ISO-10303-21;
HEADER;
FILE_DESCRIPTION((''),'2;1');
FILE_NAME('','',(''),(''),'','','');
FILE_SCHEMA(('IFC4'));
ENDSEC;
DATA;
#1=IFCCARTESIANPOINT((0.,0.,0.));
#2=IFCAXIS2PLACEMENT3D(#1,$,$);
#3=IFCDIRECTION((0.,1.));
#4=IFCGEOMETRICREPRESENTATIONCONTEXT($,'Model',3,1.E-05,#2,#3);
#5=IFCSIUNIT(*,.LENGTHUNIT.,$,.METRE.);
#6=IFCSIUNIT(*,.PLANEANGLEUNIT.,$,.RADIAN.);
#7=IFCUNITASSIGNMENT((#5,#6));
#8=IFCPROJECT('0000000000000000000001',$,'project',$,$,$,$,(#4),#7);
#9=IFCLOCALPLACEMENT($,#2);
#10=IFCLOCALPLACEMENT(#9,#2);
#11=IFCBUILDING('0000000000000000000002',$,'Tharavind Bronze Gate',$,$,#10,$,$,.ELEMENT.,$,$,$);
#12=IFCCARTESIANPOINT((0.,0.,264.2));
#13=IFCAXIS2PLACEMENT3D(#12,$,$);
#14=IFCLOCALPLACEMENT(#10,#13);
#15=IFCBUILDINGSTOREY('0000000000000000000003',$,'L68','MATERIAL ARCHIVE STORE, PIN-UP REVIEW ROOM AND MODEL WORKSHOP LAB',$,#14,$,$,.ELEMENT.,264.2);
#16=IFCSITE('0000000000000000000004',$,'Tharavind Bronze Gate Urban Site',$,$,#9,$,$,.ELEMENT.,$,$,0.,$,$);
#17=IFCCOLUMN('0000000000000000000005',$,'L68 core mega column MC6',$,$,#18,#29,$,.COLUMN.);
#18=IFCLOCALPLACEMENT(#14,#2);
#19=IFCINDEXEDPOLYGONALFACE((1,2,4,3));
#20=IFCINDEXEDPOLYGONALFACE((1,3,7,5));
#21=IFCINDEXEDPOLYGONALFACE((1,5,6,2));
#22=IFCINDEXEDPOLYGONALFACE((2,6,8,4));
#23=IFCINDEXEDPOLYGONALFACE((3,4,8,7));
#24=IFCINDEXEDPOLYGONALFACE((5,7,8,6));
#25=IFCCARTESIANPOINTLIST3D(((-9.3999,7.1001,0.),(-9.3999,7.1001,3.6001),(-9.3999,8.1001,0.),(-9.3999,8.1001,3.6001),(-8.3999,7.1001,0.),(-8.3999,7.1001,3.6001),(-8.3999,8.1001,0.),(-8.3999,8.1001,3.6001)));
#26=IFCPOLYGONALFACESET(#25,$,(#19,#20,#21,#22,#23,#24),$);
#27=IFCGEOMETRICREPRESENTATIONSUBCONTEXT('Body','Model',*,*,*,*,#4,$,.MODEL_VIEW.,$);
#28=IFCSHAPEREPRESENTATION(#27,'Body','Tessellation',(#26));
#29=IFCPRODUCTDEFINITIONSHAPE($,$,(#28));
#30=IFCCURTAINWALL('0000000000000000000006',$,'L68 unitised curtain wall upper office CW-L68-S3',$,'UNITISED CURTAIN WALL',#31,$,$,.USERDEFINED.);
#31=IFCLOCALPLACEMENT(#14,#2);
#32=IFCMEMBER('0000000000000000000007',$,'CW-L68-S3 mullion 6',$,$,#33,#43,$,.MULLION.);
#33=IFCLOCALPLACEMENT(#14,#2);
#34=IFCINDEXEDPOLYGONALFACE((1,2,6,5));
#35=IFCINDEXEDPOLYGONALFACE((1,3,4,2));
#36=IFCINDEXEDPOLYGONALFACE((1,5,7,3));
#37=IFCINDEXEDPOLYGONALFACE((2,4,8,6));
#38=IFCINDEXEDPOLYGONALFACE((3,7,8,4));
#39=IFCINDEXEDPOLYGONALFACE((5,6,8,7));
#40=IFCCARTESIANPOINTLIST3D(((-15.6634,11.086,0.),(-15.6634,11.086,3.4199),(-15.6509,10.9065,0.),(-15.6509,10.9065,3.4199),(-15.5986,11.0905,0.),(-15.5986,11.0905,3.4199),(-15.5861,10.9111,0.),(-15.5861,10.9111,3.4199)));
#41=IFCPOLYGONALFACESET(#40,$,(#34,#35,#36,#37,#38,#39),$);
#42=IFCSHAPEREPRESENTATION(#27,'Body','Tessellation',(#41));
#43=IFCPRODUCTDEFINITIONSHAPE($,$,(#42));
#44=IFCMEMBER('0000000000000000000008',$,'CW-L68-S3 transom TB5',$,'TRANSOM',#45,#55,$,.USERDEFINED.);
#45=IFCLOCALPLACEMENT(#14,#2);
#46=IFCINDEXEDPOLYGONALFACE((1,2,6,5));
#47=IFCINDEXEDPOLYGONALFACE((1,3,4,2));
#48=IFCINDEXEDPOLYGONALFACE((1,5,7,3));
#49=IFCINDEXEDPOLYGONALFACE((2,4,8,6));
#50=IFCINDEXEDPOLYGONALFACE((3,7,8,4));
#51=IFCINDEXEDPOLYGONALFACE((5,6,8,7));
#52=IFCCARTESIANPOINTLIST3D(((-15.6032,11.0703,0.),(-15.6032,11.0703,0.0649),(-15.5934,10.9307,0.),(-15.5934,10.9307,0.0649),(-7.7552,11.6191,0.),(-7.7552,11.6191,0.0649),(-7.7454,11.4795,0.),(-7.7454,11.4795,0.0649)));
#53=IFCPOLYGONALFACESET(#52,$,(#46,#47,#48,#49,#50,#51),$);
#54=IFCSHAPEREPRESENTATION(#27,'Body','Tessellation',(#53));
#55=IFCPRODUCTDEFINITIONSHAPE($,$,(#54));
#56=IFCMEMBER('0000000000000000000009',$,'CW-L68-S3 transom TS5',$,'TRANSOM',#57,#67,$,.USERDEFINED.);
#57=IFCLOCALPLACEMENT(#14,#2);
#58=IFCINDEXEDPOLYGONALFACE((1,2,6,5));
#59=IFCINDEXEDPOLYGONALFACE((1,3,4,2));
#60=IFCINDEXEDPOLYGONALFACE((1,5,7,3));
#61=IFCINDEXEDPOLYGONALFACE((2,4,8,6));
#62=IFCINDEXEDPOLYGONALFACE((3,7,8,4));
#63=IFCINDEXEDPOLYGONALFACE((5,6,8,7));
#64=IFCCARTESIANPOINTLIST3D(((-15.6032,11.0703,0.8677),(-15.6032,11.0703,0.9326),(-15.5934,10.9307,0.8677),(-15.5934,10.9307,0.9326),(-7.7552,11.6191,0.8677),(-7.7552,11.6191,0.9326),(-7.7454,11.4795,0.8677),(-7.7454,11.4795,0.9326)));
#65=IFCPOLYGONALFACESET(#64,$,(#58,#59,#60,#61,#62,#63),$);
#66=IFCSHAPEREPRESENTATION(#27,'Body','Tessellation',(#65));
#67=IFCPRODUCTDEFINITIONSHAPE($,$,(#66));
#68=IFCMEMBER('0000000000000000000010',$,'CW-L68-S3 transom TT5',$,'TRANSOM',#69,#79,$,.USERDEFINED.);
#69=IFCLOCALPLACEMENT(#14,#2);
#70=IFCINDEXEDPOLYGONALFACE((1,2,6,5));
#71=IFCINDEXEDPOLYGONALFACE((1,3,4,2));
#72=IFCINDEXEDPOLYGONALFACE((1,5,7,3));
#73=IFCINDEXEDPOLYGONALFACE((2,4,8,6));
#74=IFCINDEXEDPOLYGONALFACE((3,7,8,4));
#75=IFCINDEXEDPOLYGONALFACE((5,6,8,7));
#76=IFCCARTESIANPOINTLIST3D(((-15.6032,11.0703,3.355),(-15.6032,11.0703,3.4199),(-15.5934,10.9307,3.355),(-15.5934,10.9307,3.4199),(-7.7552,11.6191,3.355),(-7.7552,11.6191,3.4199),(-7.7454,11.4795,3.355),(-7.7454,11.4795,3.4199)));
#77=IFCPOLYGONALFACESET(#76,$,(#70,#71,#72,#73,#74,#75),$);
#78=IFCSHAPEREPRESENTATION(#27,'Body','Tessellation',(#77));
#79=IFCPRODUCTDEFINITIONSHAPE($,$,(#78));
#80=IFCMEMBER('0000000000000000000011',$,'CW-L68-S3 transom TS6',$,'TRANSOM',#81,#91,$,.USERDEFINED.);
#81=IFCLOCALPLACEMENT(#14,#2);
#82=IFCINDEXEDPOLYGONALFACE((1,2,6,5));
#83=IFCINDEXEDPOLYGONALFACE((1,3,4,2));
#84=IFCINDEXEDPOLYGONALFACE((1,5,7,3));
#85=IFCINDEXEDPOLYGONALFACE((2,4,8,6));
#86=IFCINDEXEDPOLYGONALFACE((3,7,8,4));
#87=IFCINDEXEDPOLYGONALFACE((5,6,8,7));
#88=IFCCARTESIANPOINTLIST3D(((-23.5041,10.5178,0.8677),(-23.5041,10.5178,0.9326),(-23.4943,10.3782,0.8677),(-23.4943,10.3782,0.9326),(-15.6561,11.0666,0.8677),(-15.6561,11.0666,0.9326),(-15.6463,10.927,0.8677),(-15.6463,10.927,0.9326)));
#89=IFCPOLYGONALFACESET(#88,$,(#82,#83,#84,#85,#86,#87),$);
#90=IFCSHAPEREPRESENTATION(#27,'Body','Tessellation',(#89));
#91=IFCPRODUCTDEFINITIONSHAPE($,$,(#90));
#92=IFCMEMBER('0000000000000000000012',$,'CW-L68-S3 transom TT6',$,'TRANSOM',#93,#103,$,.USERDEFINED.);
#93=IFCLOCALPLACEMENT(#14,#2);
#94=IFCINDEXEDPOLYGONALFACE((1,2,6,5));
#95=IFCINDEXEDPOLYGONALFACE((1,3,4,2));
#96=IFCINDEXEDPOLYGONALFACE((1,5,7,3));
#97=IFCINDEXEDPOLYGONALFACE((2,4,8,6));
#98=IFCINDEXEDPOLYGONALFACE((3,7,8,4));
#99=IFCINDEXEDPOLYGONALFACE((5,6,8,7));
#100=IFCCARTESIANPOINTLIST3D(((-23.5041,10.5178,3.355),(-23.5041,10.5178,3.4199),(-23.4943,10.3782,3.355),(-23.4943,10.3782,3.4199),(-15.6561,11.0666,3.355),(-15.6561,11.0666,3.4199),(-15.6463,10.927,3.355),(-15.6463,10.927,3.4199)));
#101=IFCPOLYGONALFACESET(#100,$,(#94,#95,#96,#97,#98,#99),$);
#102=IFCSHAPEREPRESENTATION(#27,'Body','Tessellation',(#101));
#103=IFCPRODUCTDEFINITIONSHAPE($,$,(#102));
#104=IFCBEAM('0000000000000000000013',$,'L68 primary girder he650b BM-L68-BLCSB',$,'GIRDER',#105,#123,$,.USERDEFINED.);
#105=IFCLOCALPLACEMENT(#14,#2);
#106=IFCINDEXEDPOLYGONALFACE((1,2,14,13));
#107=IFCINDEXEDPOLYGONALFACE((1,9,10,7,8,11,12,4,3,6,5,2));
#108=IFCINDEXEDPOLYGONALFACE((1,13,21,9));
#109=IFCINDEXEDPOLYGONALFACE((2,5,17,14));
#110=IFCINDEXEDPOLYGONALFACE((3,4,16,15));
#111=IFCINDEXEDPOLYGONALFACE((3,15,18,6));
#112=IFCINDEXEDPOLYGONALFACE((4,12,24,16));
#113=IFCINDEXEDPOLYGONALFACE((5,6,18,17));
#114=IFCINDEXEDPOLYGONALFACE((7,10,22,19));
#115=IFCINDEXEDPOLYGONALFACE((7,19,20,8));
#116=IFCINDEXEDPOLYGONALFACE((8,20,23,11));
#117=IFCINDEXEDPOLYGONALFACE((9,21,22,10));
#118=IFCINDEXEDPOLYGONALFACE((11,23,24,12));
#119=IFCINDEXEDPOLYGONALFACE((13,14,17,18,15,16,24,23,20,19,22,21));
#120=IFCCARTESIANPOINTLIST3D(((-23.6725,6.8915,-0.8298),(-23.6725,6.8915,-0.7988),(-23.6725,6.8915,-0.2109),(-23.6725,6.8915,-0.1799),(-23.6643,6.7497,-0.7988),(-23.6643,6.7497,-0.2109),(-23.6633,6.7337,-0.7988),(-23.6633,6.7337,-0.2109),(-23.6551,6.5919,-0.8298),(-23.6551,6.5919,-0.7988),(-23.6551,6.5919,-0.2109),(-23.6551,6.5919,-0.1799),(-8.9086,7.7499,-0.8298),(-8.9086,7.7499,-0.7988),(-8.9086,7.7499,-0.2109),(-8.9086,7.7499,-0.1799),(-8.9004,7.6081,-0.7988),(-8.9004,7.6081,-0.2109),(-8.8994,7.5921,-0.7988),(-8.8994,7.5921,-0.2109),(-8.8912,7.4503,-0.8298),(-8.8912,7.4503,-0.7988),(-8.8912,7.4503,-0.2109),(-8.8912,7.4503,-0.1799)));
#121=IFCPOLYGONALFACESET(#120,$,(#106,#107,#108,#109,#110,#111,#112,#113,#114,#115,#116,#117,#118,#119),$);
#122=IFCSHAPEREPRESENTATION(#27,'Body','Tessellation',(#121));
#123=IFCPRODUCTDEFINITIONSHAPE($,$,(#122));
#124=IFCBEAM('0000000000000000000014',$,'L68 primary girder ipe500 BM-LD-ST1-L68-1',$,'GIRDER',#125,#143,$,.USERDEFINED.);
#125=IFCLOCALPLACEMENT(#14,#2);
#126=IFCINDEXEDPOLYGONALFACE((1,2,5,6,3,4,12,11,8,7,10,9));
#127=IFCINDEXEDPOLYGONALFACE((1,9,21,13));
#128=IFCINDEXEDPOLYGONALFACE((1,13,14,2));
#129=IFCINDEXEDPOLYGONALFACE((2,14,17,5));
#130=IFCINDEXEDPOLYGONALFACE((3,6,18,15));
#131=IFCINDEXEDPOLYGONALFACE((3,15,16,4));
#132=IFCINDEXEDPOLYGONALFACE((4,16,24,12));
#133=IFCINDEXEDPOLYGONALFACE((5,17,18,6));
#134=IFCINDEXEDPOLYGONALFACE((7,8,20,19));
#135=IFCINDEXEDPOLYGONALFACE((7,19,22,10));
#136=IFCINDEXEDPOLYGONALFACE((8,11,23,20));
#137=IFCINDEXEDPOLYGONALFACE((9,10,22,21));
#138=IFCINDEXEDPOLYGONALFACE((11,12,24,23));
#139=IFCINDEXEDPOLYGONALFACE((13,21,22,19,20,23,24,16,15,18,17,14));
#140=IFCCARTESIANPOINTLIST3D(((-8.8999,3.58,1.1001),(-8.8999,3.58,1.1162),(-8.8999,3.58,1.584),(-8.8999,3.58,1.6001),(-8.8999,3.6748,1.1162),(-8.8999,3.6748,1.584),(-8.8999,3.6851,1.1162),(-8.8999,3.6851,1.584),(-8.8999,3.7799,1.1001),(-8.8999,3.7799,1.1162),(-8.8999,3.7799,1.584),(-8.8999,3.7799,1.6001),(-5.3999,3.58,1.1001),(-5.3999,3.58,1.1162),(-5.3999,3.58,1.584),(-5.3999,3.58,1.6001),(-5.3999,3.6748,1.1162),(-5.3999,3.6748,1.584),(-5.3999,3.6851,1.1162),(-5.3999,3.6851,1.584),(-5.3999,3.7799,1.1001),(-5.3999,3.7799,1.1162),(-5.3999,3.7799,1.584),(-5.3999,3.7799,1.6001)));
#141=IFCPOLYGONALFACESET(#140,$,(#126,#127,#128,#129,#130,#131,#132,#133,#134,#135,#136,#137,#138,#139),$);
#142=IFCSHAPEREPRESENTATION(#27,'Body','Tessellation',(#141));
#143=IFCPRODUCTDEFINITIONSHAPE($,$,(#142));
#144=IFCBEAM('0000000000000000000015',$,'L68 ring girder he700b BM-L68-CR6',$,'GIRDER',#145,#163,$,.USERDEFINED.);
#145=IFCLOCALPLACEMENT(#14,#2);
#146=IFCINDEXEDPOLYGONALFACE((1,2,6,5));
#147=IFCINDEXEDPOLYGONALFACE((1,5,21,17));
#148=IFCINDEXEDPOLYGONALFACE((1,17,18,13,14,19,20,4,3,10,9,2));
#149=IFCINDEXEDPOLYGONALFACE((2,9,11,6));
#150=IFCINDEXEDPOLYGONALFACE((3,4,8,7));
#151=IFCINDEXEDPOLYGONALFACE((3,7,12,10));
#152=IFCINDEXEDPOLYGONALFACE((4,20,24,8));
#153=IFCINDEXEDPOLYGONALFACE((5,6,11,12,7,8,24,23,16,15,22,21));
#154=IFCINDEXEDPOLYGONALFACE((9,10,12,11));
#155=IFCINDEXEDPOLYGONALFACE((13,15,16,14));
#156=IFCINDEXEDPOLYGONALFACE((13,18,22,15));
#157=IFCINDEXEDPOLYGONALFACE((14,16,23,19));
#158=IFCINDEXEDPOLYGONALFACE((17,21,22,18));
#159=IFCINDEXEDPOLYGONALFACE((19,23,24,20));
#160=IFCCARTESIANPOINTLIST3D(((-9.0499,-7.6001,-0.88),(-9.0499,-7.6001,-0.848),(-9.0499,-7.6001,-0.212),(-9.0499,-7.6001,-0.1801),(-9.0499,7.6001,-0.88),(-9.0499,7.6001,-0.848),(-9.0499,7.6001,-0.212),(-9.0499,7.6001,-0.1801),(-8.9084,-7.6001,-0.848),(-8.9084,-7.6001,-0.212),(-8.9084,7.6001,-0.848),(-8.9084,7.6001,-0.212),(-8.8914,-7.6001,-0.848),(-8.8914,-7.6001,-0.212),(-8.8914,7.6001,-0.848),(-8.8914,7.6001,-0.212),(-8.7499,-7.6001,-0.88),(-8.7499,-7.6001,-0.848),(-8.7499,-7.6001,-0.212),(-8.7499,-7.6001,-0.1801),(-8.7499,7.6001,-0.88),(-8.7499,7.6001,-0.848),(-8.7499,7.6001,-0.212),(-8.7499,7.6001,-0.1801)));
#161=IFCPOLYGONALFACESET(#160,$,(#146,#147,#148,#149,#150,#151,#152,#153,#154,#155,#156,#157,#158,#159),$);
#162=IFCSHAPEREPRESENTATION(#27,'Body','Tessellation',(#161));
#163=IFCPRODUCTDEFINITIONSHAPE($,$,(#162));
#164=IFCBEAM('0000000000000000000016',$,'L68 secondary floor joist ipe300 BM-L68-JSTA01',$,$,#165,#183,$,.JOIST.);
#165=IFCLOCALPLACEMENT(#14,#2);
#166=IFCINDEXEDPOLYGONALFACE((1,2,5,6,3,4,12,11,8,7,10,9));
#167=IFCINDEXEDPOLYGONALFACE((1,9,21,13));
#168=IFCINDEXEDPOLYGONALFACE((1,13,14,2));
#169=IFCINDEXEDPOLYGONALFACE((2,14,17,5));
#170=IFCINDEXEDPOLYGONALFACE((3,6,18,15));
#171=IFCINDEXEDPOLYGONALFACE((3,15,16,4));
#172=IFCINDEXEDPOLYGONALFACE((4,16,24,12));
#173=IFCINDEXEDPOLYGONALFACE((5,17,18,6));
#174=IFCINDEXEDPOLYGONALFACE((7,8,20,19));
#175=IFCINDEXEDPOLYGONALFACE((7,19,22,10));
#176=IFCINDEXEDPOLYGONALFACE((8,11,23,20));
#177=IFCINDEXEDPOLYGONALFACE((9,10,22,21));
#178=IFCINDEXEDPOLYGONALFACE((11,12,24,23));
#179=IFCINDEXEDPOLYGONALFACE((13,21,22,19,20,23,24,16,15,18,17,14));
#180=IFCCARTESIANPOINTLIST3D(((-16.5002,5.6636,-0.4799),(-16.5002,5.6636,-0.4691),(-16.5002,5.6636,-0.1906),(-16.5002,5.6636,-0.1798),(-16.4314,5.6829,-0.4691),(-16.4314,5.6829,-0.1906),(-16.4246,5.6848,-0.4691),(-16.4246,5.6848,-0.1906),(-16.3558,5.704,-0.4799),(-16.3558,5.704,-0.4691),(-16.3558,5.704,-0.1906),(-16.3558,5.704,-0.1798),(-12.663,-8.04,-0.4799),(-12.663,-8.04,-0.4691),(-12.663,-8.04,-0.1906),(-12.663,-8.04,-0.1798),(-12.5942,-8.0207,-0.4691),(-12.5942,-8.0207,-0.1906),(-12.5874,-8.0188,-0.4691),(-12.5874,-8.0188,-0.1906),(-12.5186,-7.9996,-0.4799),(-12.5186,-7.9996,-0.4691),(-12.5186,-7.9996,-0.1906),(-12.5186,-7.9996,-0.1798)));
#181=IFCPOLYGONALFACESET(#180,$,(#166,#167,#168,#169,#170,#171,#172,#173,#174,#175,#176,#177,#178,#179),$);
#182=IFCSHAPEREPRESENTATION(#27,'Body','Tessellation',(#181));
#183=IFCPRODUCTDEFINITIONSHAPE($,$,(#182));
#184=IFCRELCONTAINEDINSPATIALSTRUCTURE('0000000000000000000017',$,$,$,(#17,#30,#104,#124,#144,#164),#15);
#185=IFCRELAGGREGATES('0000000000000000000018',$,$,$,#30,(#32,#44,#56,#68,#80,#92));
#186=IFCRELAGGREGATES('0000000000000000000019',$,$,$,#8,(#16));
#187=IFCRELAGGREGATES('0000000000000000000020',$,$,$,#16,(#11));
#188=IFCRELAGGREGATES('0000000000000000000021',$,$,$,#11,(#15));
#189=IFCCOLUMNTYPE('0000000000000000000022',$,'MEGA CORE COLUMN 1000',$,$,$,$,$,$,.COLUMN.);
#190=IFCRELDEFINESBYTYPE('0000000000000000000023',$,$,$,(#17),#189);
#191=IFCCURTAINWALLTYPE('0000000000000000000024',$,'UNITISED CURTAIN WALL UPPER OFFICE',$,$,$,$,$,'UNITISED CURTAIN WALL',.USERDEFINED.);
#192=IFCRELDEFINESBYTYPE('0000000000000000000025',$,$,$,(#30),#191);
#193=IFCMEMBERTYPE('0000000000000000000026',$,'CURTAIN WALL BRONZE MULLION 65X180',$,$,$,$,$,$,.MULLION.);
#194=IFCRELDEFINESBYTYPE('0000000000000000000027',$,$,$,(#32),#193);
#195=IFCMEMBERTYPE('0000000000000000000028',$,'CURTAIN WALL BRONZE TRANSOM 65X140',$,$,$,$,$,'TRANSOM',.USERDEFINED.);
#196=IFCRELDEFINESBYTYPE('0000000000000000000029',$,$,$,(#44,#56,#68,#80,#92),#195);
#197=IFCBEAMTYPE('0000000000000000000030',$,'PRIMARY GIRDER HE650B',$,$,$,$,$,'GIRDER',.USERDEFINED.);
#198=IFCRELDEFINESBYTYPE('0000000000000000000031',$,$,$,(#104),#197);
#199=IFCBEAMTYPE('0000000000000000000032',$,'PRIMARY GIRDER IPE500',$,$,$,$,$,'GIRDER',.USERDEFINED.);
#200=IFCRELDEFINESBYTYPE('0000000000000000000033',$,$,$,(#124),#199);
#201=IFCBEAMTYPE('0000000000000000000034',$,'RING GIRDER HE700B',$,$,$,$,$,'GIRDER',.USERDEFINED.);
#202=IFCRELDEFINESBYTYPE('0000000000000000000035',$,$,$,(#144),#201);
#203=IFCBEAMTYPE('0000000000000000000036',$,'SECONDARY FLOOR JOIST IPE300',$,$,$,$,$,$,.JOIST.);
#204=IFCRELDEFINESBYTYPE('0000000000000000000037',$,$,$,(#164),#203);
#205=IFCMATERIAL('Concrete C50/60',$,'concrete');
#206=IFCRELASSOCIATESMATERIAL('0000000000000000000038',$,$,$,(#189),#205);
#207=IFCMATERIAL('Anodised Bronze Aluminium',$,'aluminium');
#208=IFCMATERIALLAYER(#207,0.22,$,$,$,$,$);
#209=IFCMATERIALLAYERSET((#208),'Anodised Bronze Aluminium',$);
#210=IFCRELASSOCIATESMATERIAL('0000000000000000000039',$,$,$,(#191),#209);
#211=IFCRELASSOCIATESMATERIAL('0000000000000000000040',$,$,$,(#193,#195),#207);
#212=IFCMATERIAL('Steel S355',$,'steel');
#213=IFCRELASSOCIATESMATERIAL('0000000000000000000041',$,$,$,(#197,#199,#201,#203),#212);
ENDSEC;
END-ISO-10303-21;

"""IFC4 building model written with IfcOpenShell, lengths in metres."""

from ifc_helpers import new_model, si_unit, direction, frame, origin, origin_2d, place, context, subcontext, project, spatial, rectangle, i_section, extrude, material, layer, layer_set, material_profile, profile_set, type_object, element, aggregate, save


model = new_model("IFC4")

# Units and contexts
model_context = context("Model", 3, precision=1e-05, world=origin(), true_north=direction((0.0, 1.0)))
body_context = subcontext(model_context, "Body", "Model", "MODEL_VIEW")
ifc_project = project(units=[si_unit("LENGTHUNIT", "METRE"), si_unit("PLANEANGLEUNIT", "RADIAN")], contexts=[model_context])

# Site, building, storey
site_placement = place(None, origin())
site = spatial("IfcSite", under=ifc_project, at=site_placement, Name="Tharavind Bronze Gate Urban Site", CompositionType="ELEMENT", RefElevation=0.0)
building_placement = place(site_placement, origin())
building = spatial("IfcBuilding", under=site, at=building_placement, Name="Tharavind Bronze Gate", CompositionType="ELEMENT")
storey_placement = place(building_placement, frame((0.0, 0.0, 264.2)))
storey = spatial("IfcBuildingStorey", under=building, at=storey_placement, Name="L68", Description="MATERIAL ARCHIVE STORE, PIN-UP REVIEW ROOM AND MODEL WORKSHOP LAB", CompositionType="ELEMENT", Elevation=264.2)

# Column
ifc_material_1 = material(Name="Concrete C50/60", Category="concrete")
ifc_material_profile_1 = material_profile(ifc_material_1, rectangle(XDim=1.0, YDim=1.0, at=origin_2d()), Name="RCCOL1000")
ifc_profile_set_1 = profile_set([ifc_material_profile_1], Name="Concrete C50/60")
column_type = type_object("IfcColumnType", Name="MEGA CORE COLUMN 1000", PredefinedType="COLUMN", material=ifc_profile_set_1)
column_placement = place(storey_placement, frame((-8.8999, 7.6001, 0.0), z_axis=(0.0, 0.0, 1.0), x_axis=(1.0, 0.0, 0.0)))
element("IfcColumn", 1, at=column_placement, inside=storey, type_object=column_type, Name="L68 core mega column MC6", PredefinedType="COLUMN", context=body_context, shape_type="SweptSolid", body=[
    extrude(rectangle(XDim=1.0, YDim=1.0, at=origin_2d()), origin(), (0.0, 0.0, 1.0), 3.6001),
])

# Curtain wall, members
ifc_material_2 = material(Name="Anodised Bronze Aluminium", Category="aluminium")
ifc_layer_1 = layer(ifc_material_2, 0.22)
ifc_layer_set_1 = layer_set([ifc_layer_1], Name="Anodised Bronze Aluminium")
curtain_wall_type = type_object("IfcCurtainWallType", Name="UNITISED CURTAIN WALL UPPER OFFICE", ElementType="UNITISED CURTAIN WALL", PredefinedType="USERDEFINED", material=ifc_layer_set_1)
curtain_wall_placement = place(storey_placement, origin())
curtain_wall = element("IfcCurtainWall", 2, at=curtain_wall_placement, inside=storey, type_object=curtain_wall_type, Name="L68 unitised curtain wall upper office CW-L68-S3", ObjectType="UNITISED CURTAIN WALL", PredefinedType="USERDEFINED")
member_type_1 = type_object("IfcMemberType", Name="CURTAIN WALL BRONZE MULLION 65X180", PredefinedType="MULLION", material=ifc_material_2)
member_1_placement = place(storey_placement, frame((-15.6248, 10.9985, 0.0), z_axis=(0.0, 0.0, 1.0), x_axis=(-0.997564, -0.06976, 0.0)))
member_1 = element("IfcMember", 3, at=member_1_placement, type_object=member_type_1, Name="CW-L68-S3 mullion 6", PredefinedType="MULLION", context=body_context, shape_type="SweptSolid", body=[
    extrude(rectangle(XDim=0.0649, YDim=0.1799, at=origin_2d()), origin(), (0.0, 0.0, 1.0), 3.4199),
])
member_type_2 = type_object("IfcMemberType", Name="CURTAIN WALL BRONZE TRANSOM 65X140", ElementType="TRANSOM", PredefinedType="USERDEFINED", material=ifc_material_2)
member_2_placement = place(storey_placement, frame((-11.6743, 11.2749, 0.0), z_axis=(0.0, 0.0, 1.0), x_axis=(-0.997564, -0.06976, 0.0)))
member_2 = element("IfcMember", 4, at=member_2_placement, type_object=member_type_2, Name="CW-L68-S3 transom TB5", ObjectType="TRANSOM", PredefinedType="USERDEFINED", context=body_context, shape_type="SweptSolid", body=[
    extrude(rectangle(XDim=7.8672, YDim=0.1399, at=origin_2d()), origin(), (0.0, 0.0, 1.0), 0.0649),
])
member_3_placement = place(storey_placement, frame((-11.6743, 11.2749, 0.8677), z_axis=(0.0, 0.0, 1.0), x_axis=(-0.997564, -0.06976, 0.0)))
member_3 = element("IfcMember", 5, at=member_3_placement, type_object=member_type_2, Name="CW-L68-S3 transom TS5", ObjectType="TRANSOM", PredefinedType="USERDEFINED", context=body_context, shape_type="SweptSolid", body=[
    extrude(rectangle(XDim=7.8672, YDim=0.1399, at=origin_2d()), origin(), (0.0, 0.0, 1.0), 0.0649),
])
member_4_placement = place(storey_placement, frame((-11.6743, 11.2749, 3.355), z_axis=(0.0, 0.0, 1.0), x_axis=(-0.997564, -0.06976, 0.0)))
member_4 = element("IfcMember", 6, at=member_4_placement, type_object=member_type_2, Name="CW-L68-S3 transom TT5", ObjectType="TRANSOM", PredefinedType="USERDEFINED", context=body_context, shape_type="SweptSolid", body=[
    extrude(rectangle(XDim=7.8672, YDim=0.1399, at=origin_2d()), origin(), (0.0, 0.0, 1.0), 0.0649),
])
member_5_placement = place(storey_placement, frame((-19.5752, 10.7224, 0.8677), z_axis=(0.0, 0.0, 1.0), x_axis=(-0.997564, -0.06976, 0.0)))
member_5 = element("IfcMember", 7, at=member_5_placement, type_object=member_type_2, Name="CW-L68-S3 transom TS6", ObjectType="TRANSOM", PredefinedType="USERDEFINED", context=body_context, shape_type="SweptSolid", body=[
    extrude(rectangle(XDim=7.8672, YDim=0.1399, at=origin_2d()), origin(), (0.0, 0.0, 1.0), 0.0649),
])
member_6_placement = place(storey_placement, frame((-19.5752, 10.7224, 3.355), z_axis=(0.0, 0.0, 1.0), x_axis=(-0.997564, -0.06976, 0.0)))
member_6 = element("IfcMember", 8, at=member_6_placement, type_object=member_type_2, Name="CW-L68-S3 transom TT6", ObjectType="TRANSOM", PredefinedType="USERDEFINED", context=body_context, shape_type="SweptSolid", body=[
    extrude(rectangle(XDim=7.8672, YDim=0.1399, at=origin_2d()), origin(), (0.0, 0.0, 1.0), 0.0649),
])

# Beams
ifc_material_3 = material(Name="Steel S355", Category="steel")
ifc_material_profile_2 = material_profile(ifc_material_3, i_section(OverallWidth=0.3, OverallDepth=0.6499, WebThickness=0.0161, FlangeThickness=0.031, at=origin_2d()), Name="HE650B")
ifc_profile_set_2 = profile_set([ifc_material_profile_2], Name="Steel S355")
beam_type_1 = type_object("IfcBeamType", Name="PRIMARY GIRDER HE650B", ElementType="GIRDER", PredefinedType="USERDEFINED", material=ifc_profile_set_2)
beam_1_placement = place(storey_placement, frame((-8.8999, 7.6001, -0.5049), z_axis=(-0.998314, -0.058044, 0.0), x_axis=(0.058044, -0.998314, 0.0)))
element("IfcBeam", 9, at=beam_1_placement, inside=storey, type_object=beam_type_1, Name="L68 primary girder he650b BM-L68-BLCSB", ObjectType="GIRDER", PredefinedType="USERDEFINED", context=body_context, shape_type="SweptSolid", body=[
    extrude(i_section(OverallWidth=0.3, OverallDepth=0.6499, WebThickness=0.0161, FlangeThickness=0.031, at=origin_2d()), origin(), (0.0, 0.0, 1.0), 14.7888),
])
ifc_material_profile_3 = material_profile(ifc_material_3, i_section(OverallWidth=0.2, OverallDepth=0.5, WebThickness=0.0103, FlangeThickness=0.0161, at=origin_2d()), Name="IPE500")
ifc_profile_set_3 = profile_set([ifc_material_profile_3], Name="Steel S355")
beam_type_2 = type_object("IfcBeamType", Name="PRIMARY GIRDER IPE500", ElementType="GIRDER", PredefinedType="USERDEFINED", material=ifc_profile_set_3)
beam_2_placement = place(storey_placement, frame((-8.8999, 3.6799, 1.3501), z_axis=(1.0, 0.0, 0.0), x_axis=(0.0, 1.0, 0.0)))
element("IfcBeam", 10, at=beam_2_placement, inside=storey, type_object=beam_type_2, Name="L68 primary girder ipe500 BM-LD-ST1-L68-1", ObjectType="GIRDER", PredefinedType="USERDEFINED", context=body_context, shape_type="SweptSolid", body=[
    extrude(i_section(OverallWidth=0.2, OverallDepth=0.5, WebThickness=0.0103, FlangeThickness=0.0161, at=origin_2d()), origin(), (0.0, 0.0, 1.0), 3.5),
])
ifc_material_profile_4 = material_profile(ifc_material_3, i_section(OverallWidth=0.3, OverallDepth=0.7, WebThickness=0.0171, FlangeThickness=0.032, at=origin_2d()), Name="HE700B")
ifc_profile_set_4 = profile_set([ifc_material_profile_4], Name="Steel S355")
beam_type_3 = type_object("IfcBeamType", Name="RING GIRDER HE700B", ElementType="GIRDER", PredefinedType="USERDEFINED", material=ifc_profile_set_4)
beam_3_placement = place(storey_placement, frame((-8.8999, 7.6001, -0.53), z_axis=(0.0, -1.0, 0.0), x_axis=(1.0, 0.0, 0.0)))
element("IfcBeam", 11, at=beam_3_placement, inside=storey, type_object=beam_type_3, Name="L68 ring girder he700b BM-L68-CR6", ObjectType="GIRDER", PredefinedType="USERDEFINED", context=body_context, shape_type="SweptSolid", body=[
    extrude(i_section(OverallWidth=0.3, OverallDepth=0.7, WebThickness=0.0171, FlangeThickness=0.032, at=origin_2d()), origin(), (0.0, 0.0, 1.0), 15.2002),
])
ifc_material_profile_5 = material_profile(ifc_material_3, i_section(OverallWidth=0.1499, OverallDepth=0.3, WebThickness=0.0071, FlangeThickness=0.0107, at=origin_2d()), Name="IPE300")
ifc_profile_set_5 = profile_set([ifc_material_profile_5], Name="Steel S355")
beam_type_4 = type_object("IfcBeamType", Name="SECONDARY FLOOR JOIST IPE300", PredefinedType="JOIST", material=ifc_profile_set_5)
beam_4_placement = place(storey_placement, frame((-16.428, 5.6838, -0.3298), z_axis=(0.269639, -0.962961, 0.0), x_axis=(0.962961, 0.269639, 0.0)))
element("IfcBeam", 12, at=beam_4_placement, inside=storey, type_object=beam_type_4, Name="L68 secondary floor joist ipe300 BM-L68-JSTA01", PredefinedType="JOIST", context=body_context, shape_type="SweptSolid", body=[
    extrude(i_section(OverallWidth=0.1499, OverallDepth=0.3, WebThickness=0.0071, FlangeThickness=0.0107, at=origin_2d()), origin(), (0.0, 0.0, 1.0), 14.2307),
])

aggregate(curtain_wall, [member_1, member_2, member_3, member_4, member_5, member_6])

save(model, "model.ifc")
